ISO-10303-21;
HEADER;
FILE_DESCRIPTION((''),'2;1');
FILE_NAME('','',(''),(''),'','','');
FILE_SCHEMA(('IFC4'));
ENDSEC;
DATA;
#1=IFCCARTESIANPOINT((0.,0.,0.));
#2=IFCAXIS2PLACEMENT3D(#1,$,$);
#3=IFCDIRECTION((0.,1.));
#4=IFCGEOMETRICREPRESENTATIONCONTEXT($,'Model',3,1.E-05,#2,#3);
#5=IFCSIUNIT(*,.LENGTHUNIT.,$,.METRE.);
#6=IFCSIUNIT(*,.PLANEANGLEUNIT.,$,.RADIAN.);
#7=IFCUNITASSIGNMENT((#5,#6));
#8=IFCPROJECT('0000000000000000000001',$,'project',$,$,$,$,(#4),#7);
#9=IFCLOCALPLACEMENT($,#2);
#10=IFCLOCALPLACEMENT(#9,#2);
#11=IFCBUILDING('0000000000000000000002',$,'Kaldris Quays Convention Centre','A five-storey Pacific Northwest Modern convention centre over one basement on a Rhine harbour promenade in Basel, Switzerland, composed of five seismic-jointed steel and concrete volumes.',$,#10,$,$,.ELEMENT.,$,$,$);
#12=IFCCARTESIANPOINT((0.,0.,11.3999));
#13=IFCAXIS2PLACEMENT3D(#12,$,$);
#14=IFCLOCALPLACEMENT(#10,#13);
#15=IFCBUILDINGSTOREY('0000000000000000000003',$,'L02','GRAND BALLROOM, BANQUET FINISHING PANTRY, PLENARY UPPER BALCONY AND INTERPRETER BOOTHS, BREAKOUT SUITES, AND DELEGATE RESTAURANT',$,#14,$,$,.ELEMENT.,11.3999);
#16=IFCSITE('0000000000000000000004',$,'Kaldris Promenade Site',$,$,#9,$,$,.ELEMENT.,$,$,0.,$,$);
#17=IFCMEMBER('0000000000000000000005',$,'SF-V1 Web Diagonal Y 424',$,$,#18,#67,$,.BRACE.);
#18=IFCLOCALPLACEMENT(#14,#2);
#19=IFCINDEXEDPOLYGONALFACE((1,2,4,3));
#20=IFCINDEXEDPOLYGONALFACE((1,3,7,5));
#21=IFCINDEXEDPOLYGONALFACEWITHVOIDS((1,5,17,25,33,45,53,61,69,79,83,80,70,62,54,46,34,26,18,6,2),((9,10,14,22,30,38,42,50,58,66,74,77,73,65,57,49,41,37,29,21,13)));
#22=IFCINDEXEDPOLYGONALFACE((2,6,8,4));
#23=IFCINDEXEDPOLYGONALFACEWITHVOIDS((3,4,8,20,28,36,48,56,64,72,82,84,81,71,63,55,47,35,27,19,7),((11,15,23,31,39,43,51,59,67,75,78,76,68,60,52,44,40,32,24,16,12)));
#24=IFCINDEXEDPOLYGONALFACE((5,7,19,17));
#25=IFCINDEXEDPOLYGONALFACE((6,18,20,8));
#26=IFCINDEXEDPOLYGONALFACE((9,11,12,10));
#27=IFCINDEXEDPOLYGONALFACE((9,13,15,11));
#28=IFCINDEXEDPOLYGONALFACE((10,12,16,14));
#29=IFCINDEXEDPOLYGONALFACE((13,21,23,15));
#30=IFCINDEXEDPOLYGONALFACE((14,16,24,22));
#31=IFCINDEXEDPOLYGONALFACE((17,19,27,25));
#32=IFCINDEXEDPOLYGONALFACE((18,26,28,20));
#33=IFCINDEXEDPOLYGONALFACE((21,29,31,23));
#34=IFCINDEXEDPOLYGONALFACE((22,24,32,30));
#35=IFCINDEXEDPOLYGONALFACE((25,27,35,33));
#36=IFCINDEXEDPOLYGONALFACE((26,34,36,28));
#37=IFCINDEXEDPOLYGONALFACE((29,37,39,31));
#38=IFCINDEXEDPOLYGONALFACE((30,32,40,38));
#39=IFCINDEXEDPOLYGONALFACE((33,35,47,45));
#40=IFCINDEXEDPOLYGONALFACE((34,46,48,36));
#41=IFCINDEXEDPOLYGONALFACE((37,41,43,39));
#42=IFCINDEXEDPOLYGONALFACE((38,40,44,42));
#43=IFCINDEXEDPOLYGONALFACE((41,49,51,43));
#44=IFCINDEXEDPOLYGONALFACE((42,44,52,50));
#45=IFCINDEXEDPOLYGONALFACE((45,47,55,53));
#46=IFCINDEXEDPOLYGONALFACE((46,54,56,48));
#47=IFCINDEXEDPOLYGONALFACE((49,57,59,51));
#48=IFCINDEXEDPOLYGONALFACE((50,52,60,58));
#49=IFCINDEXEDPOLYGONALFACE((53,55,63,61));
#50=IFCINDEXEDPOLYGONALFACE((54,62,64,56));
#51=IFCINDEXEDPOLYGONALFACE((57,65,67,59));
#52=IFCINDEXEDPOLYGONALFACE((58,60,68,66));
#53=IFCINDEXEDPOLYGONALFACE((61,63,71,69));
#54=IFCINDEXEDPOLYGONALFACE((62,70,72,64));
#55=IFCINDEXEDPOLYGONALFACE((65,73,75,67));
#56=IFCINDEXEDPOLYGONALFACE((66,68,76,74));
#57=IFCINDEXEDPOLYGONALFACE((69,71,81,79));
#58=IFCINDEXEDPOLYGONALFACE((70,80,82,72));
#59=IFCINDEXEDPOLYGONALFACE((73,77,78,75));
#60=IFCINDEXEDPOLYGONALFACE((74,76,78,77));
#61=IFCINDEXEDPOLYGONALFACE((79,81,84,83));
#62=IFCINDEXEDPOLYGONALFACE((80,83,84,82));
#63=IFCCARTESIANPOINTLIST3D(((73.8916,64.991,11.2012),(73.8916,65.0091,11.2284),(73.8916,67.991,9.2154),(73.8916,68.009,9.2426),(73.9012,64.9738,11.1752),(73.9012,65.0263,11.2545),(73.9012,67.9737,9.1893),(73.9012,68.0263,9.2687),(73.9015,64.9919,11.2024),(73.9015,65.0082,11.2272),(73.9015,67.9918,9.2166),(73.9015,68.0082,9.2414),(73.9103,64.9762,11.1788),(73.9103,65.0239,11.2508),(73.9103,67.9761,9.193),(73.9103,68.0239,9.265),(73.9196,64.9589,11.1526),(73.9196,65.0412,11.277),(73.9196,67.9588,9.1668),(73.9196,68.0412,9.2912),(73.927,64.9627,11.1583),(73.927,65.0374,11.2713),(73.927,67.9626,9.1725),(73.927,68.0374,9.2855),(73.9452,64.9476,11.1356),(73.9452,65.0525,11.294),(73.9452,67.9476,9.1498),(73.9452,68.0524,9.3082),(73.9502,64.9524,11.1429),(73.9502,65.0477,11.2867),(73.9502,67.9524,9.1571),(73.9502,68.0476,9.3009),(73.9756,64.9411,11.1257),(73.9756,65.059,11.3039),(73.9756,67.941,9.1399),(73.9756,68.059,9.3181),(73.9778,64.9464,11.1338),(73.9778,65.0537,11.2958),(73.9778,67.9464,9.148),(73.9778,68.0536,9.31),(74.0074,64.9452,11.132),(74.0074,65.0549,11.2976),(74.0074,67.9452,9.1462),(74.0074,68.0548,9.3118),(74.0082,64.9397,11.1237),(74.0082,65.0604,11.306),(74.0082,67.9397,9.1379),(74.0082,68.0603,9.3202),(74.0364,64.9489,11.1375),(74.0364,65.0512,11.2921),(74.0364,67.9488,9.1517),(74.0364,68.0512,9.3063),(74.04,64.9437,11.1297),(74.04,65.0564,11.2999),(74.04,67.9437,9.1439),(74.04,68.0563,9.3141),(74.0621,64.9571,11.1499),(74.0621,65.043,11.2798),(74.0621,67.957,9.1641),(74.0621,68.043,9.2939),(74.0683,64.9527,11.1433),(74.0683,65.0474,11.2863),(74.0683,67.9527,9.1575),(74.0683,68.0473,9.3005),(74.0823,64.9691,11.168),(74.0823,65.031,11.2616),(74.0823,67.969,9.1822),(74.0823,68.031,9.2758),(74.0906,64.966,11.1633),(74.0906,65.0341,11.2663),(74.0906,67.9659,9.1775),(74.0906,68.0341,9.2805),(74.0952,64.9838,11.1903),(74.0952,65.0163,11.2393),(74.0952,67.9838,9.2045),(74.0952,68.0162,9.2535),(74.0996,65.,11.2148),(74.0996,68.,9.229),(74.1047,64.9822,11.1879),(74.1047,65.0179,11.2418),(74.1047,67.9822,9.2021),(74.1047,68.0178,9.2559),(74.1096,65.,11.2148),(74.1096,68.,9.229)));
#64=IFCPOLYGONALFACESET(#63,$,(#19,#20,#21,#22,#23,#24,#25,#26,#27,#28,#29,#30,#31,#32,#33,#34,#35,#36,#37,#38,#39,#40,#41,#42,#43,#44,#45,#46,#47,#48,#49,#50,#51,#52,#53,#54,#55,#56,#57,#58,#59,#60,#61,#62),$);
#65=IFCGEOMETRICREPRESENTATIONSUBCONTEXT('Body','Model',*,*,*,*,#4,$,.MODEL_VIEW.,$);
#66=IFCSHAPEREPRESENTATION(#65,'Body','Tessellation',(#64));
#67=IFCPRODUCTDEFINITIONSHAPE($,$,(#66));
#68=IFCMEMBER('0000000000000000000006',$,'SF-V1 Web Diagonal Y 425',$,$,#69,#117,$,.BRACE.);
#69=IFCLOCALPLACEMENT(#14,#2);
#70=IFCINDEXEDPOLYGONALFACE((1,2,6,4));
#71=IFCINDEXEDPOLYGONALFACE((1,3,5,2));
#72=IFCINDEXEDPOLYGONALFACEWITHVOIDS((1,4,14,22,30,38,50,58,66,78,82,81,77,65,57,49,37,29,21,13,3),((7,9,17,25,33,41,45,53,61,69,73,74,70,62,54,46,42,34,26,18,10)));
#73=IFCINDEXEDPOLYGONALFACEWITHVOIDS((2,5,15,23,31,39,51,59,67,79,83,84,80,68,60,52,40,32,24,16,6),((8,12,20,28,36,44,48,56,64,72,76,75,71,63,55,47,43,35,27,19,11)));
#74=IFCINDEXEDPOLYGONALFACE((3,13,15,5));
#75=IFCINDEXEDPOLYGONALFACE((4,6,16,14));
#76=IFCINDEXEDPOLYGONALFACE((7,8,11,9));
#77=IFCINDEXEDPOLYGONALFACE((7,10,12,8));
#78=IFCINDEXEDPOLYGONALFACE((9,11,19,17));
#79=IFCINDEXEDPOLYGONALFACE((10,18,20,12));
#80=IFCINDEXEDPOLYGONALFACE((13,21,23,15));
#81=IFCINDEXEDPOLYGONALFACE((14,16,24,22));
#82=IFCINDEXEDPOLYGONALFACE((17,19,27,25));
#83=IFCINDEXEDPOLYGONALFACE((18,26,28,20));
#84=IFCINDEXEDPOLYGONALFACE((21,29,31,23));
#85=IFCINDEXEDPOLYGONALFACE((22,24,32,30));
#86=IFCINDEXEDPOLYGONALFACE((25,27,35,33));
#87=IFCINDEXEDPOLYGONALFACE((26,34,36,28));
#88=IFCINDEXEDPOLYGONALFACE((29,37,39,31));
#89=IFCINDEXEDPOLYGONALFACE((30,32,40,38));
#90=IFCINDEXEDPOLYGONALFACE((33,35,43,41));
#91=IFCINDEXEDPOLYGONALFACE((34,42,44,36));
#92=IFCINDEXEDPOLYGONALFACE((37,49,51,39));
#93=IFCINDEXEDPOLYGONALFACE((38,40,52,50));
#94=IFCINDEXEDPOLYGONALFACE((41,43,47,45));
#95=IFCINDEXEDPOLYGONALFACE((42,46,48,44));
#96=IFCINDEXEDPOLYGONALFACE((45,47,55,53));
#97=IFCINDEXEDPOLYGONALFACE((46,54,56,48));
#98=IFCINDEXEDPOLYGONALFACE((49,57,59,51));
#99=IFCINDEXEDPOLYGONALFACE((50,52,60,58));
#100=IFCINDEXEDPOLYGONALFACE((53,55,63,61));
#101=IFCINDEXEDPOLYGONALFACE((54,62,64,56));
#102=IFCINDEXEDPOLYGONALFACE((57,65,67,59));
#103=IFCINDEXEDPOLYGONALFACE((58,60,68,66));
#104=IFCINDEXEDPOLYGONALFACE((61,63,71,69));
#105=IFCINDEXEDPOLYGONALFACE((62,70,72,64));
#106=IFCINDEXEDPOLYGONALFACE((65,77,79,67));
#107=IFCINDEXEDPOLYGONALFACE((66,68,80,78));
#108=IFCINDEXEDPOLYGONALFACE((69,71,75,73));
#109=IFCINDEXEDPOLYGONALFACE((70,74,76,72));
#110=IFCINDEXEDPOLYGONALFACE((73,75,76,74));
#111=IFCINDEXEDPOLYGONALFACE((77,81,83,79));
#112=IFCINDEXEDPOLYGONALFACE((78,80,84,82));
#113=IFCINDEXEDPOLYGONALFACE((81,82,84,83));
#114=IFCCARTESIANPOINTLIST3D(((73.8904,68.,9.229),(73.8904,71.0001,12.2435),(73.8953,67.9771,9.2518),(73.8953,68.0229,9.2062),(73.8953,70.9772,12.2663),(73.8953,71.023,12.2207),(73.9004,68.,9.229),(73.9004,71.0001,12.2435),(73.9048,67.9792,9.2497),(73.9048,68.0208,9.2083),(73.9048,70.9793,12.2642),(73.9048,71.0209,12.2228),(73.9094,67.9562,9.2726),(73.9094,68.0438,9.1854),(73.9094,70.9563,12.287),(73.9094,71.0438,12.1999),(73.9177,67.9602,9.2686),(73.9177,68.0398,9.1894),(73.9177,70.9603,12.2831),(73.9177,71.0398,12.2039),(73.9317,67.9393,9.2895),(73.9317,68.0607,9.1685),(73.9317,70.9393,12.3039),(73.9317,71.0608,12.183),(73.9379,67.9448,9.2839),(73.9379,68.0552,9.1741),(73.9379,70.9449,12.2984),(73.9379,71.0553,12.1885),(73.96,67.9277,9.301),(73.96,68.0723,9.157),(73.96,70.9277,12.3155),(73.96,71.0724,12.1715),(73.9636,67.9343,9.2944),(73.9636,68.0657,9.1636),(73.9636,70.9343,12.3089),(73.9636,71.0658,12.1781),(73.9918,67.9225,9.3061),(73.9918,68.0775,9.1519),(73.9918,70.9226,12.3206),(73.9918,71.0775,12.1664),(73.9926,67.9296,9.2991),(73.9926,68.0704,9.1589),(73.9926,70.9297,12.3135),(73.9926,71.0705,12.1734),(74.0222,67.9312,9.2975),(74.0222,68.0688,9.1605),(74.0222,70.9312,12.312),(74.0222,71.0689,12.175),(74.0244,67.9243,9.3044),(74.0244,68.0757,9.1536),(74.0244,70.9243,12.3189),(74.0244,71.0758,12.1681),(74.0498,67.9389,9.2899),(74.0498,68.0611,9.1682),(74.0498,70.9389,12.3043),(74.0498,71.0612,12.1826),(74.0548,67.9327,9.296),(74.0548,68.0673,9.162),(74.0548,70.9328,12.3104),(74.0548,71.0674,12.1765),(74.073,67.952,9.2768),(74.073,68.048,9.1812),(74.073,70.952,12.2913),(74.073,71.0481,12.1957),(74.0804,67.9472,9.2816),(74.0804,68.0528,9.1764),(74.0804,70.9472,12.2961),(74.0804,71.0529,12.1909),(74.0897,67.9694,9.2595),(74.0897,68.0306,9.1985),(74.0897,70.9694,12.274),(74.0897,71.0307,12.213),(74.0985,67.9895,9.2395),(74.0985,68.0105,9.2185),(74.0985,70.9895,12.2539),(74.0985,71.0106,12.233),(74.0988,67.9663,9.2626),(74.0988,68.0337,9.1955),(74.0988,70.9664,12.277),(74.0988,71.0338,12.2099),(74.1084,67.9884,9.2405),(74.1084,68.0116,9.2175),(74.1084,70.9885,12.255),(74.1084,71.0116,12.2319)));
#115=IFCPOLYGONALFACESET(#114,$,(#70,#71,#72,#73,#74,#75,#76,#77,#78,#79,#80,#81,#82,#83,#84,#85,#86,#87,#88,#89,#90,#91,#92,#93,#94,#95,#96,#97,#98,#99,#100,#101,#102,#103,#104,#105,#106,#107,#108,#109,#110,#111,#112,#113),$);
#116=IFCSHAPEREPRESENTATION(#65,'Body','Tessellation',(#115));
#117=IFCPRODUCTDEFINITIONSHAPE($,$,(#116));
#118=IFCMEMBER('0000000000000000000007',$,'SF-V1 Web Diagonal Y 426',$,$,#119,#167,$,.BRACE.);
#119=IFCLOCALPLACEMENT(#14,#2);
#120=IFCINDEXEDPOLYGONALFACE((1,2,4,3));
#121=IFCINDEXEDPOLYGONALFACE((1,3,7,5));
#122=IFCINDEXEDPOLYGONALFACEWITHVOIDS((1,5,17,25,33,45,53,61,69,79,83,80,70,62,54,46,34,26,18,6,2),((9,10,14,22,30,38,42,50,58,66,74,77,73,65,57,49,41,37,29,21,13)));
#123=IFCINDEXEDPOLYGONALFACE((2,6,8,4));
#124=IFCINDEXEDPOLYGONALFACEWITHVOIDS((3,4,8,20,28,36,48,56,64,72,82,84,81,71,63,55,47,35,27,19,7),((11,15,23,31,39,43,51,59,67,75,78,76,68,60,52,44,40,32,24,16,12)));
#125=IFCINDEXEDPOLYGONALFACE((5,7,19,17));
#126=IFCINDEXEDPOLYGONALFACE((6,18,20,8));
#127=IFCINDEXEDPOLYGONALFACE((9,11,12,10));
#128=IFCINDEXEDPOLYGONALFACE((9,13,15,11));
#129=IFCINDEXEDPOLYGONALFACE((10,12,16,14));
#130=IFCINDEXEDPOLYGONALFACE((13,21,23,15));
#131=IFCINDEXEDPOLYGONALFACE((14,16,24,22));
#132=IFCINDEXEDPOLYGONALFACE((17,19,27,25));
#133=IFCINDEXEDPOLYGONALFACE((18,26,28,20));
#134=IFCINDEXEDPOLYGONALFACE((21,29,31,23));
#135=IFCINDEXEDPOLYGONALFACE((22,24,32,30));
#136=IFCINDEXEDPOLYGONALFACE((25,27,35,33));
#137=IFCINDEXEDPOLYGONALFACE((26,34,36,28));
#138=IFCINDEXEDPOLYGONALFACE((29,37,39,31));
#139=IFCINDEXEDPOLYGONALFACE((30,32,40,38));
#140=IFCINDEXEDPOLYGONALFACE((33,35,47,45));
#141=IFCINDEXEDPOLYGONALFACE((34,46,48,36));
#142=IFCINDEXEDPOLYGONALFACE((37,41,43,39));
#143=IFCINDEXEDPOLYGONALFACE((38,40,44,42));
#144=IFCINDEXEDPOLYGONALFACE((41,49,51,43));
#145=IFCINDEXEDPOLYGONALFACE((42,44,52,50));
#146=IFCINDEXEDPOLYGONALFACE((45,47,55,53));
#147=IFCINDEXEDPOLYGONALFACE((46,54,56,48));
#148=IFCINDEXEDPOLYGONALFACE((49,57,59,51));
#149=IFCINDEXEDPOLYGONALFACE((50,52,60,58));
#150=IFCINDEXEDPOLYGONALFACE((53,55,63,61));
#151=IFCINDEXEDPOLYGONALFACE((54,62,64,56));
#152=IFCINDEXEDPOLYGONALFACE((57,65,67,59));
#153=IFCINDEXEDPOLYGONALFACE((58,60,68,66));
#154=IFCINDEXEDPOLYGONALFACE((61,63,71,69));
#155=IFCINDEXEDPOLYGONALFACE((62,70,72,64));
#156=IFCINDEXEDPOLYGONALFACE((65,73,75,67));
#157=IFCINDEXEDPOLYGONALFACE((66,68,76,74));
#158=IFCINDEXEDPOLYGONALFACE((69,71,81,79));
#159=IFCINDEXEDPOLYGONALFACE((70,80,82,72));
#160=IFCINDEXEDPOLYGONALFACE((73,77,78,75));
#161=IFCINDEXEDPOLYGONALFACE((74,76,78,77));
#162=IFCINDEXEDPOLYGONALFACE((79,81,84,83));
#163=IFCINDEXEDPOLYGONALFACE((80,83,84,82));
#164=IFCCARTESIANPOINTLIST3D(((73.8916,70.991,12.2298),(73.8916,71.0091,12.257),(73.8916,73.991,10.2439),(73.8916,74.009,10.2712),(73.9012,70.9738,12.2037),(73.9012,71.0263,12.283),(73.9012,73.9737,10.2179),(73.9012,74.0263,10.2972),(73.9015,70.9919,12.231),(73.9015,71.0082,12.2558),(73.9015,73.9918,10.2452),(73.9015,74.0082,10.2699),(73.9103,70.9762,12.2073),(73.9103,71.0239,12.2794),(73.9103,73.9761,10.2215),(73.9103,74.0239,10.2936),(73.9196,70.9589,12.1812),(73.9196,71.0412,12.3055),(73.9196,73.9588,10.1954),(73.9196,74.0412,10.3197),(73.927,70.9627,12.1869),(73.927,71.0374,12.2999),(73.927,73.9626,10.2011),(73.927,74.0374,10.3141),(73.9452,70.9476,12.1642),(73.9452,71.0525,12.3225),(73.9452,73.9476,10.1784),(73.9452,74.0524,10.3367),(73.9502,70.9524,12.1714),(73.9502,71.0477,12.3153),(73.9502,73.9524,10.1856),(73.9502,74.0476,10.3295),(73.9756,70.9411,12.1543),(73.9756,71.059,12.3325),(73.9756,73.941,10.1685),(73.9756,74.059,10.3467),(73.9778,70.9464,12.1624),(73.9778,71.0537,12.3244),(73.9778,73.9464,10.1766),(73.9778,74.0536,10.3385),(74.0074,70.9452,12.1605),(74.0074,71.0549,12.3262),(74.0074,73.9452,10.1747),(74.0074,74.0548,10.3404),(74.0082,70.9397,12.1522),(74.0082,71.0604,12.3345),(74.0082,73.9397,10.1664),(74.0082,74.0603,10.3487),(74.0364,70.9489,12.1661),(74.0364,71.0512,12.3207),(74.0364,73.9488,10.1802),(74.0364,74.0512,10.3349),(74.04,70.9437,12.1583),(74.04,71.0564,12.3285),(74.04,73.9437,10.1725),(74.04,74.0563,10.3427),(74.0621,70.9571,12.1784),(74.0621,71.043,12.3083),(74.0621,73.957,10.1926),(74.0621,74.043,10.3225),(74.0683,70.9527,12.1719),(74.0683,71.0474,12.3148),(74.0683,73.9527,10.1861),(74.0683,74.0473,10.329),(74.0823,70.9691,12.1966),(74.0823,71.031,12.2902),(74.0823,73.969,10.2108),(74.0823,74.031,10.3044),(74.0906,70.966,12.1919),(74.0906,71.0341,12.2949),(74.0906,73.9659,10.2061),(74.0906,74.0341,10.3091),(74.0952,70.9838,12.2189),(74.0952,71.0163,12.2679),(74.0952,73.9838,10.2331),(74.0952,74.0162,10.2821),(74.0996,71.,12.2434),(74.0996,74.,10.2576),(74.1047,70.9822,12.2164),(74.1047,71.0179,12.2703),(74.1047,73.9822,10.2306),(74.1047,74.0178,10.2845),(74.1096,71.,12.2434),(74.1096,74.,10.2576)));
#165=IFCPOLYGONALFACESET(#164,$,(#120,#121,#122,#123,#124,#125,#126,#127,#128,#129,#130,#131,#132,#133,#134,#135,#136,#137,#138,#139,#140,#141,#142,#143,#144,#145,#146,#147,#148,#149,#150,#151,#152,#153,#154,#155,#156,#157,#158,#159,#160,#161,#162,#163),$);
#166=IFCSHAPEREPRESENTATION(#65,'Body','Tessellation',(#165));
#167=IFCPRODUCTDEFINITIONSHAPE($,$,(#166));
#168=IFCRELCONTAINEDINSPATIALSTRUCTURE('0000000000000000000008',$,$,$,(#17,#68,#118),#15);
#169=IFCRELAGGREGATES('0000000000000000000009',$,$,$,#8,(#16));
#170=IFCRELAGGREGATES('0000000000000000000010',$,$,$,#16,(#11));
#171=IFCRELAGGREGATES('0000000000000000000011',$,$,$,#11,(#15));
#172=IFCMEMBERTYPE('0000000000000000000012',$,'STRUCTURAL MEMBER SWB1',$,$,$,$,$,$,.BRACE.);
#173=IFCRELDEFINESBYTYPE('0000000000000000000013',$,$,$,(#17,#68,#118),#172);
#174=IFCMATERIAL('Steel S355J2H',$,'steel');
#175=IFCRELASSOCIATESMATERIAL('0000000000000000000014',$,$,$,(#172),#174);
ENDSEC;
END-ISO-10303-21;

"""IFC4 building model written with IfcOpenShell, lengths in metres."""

from ifc_helpers import new_model, si_unit, direction, frame, origin, origin_2d, place, context, subcontext, project, spatial, hollow_circle, extrude, material, material_profile, profile_set, type_object, element, save


model = new_model("IFC4")

# Units and contexts
model_context = context("Model", 3, precision=1e-05, world=origin(), true_north=direction((0.0, 1.0)))
body_context = subcontext(model_context, "Body", "Model", "MODEL_VIEW")
ifc_project = project(units=[si_unit("LENGTHUNIT", "METRE"), si_unit("PLANEANGLEUNIT", "RADIAN")], contexts=[model_context])

# Site, building, storey
site_placement = place(None, origin())
site = spatial("IfcSite", under=ifc_project, at=site_placement, Name="Kaldris Promenade Site", CompositionType="ELEMENT", RefElevation=0.0)
building_placement = place(site_placement, origin())
building = spatial("IfcBuilding", under=site, at=building_placement, Name="Kaldris Quays Convention Centre", Description="A five-storey Pacific Northwest Modern convention centre over one basement on a Rhine harbour promenade in Basel, Switzerland, composed of five seismic-jointed steel and concrete volumes.", CompositionType="ELEMENT")
storey_placement = place(building_placement, frame((0.0, 0.0, 11.3999)))
storey = spatial("IfcBuildingStorey", under=building, at=storey_placement, Name="L02", Description="GRAND BALLROOM, BANQUET FINISHING PANTRY, PLENARY UPPER BALCONY AND INTERPRETER BOOTHS, BREAKOUT SUITES, AND DELEGATE RESTAURANT", CompositionType="ELEMENT", Elevation=11.3999)

# Members
ifc_material_1 = material(Name="Steel S355J2H", Category="steel")
ifc_material_profile_1 = material_profile(ifc_material_1, hollow_circle(Radius=0.1096, WallThickness=0.01, at=origin_2d()), Name="CHS 219.1x10")
ifc_profile_set_1 = profile_set([ifc_material_profile_1], Name="Steel S355J2H")
member_type_1 = type_object("IfcMemberType", Name="STRUCTURAL MEMBER SWB1", PredefinedType="BRACE", material=ifc_profile_set_1)
member_1_placement = place(storey_placement, frame((74.0, 68.0, 9.229), z_axis=(0.0, -0.833862, 0.551972), x_axis=(1.0, 0.0, 0.0)))
element("IfcMember", 1, at=member_1_placement, inside=storey, type_object=member_type_1, Name="SF-V1 Web Diagonal Y 424", PredefinedType="BRACE", context=body_context, shape_type="SweptSolid", body=[
    extrude(hollow_circle(Radius=0.1096, WallThickness=0.01, at=origin_2d()), origin(), (0.0, 0.0, 1.0), 3.5977),
])
member_2_placement = place(storey_placement, frame((74.0, 68.0, 9.229), z_axis=(0.0, 0.705411, 0.708798), x_axis=(-1.0, 0.0, 0.0)))
element("IfcMember", 2, at=member_2_placement, inside=storey, type_object=member_type_1, Name="SF-V1 Web Diagonal Y 425", PredefinedType="BRACE", context=body_context, shape_type="SweptSolid", body=[
    extrude(hollow_circle(Radius=0.1096, WallThickness=0.01, at=origin_2d()), origin(), (0.0, 0.0, 1.0), 4.2529),
])
member_3_placement = place(storey_placement, frame((74.0, 74.0, 10.2576), z_axis=(0.0, -0.833862, 0.551972), x_axis=(1.0, 0.0, 0.0)))
element("IfcMember", 3, at=member_3_placement, inside=storey, type_object=member_type_1, Name="SF-V1 Web Diagonal Y 426", PredefinedType="BRACE", context=body_context, shape_type="SweptSolid", body=[
    extrude(hollow_circle(Radius=0.1096, WallThickness=0.01, at=origin_2d()), origin(), (0.0, 0.0, 1.0), 3.5977),
])

save(model, "model.ifc")
